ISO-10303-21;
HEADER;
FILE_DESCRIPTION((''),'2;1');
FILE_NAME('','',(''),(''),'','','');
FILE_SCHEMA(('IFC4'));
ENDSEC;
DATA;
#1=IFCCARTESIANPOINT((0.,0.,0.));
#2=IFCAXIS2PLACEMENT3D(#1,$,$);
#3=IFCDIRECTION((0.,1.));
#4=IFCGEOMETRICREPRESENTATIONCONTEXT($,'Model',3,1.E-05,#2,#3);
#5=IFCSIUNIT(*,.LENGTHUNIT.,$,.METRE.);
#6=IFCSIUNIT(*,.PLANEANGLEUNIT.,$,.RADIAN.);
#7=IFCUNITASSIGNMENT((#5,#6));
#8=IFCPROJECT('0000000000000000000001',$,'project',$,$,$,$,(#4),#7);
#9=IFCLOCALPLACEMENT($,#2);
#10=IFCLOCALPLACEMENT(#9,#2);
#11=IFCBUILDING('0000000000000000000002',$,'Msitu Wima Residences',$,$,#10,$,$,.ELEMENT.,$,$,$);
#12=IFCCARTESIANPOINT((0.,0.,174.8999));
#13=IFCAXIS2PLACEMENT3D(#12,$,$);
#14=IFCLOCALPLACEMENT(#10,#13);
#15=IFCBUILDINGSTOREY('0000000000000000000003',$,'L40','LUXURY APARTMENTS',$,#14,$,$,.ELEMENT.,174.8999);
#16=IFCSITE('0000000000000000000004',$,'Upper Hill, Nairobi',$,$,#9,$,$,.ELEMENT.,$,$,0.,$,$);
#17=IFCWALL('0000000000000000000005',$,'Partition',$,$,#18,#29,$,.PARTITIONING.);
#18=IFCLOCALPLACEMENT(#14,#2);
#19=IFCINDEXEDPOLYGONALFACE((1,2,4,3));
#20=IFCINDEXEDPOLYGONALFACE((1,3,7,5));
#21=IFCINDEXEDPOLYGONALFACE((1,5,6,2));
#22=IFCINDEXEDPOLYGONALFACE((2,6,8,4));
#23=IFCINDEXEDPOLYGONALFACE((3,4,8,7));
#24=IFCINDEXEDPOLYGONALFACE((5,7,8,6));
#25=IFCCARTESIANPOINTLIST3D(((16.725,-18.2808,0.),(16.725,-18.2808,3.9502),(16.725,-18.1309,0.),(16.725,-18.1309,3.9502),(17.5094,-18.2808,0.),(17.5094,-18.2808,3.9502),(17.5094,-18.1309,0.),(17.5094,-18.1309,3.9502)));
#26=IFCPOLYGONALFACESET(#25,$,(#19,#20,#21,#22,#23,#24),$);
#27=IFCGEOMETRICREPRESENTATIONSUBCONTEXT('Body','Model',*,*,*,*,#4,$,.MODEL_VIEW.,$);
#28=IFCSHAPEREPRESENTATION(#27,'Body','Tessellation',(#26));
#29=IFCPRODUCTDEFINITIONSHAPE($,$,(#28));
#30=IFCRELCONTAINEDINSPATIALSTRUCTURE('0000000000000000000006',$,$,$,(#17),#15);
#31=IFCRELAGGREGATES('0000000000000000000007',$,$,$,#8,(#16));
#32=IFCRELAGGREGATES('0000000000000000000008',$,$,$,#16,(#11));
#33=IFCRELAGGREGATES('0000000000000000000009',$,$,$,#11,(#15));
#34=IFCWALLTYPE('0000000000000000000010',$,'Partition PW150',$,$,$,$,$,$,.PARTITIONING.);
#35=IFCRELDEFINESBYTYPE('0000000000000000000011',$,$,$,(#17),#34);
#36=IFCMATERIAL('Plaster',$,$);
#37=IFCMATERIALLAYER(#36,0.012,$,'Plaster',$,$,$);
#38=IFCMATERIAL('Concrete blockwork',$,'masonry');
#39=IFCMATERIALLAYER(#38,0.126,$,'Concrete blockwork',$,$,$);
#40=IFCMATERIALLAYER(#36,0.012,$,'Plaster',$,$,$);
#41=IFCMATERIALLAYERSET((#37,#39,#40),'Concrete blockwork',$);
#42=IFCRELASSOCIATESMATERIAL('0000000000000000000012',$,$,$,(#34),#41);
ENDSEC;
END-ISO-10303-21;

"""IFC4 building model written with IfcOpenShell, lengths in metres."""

from ifc_helpers import new_model, si_unit, direction, frame, frame_2d, origin, place, context, subcontext, project, spatial, rectangle, extrude, material, layer, layer_set, type_object, element, save


model = new_model("IFC4")

# Units and contexts
model_context = context("Model", 3, precision=1e-05, world=origin(), true_north=direction((0.0, 1.0)))
body_context = subcontext(model_context, "Body", "Model", "MODEL_VIEW")
ifc_project = project(units=[si_unit("LENGTHUNIT", "METRE"), si_unit("PLANEANGLEUNIT", "RADIAN")], contexts=[model_context])

# Site, building, storey
site_placement = place(None, origin())
site = spatial("IfcSite", under=ifc_project, at=site_placement, Name="Upper Hill, Nairobi", CompositionType="ELEMENT", RefElevation=0.0)
building_placement = place(site_placement, origin())
building = spatial("IfcBuilding", under=site, at=building_placement, Name="Msitu Wima Residences", CompositionType="ELEMENT")
storey_placement = place(building_placement, frame((0.0, 0.0, 174.8999)))
storey = spatial("IfcBuildingStorey", under=building, at=storey_placement, Name="L40", Description="LUXURY APARTMENTS", CompositionType="ELEMENT", Elevation=174.8999)

# Shared definitions
ifc_material_1 = material(Name="Plaster")
ifc_material_2 = material(Name="Concrete blockwork", Category="masonry")

# Shared definitions
ifc_layer_1 = layer(ifc_material_1, 0.012, Name="Plaster")
ifc_layer_2 = layer(ifc_material_2, 0.126, Name="Concrete blockwork")
ifc_layer_3 = layer(ifc_material_1, 0.012, Name="Plaster")
ifc_layer_set_1 = layer_set([ifc_layer_1, ifc_layer_2, ifc_layer_3], Name="Concrete blockwork")
wall_type_1 = type_object("IfcWallType", Name="Partition PW150", PredefinedType="PARTITIONING", material=ifc_layer_set_1)

# Wall
wall_1_placement = place(storey_placement, frame((16.7251, -18.2058, 0.0), z_axis=(0.0, 0.0, 1.0), x_axis=(1.0, 0.0, 0.0)))
element("IfcWall", 1, at=wall_1_placement, inside=storey, type_object=wall_type_1, Name="Partition", PredefinedType="PARTITIONING", context=body_context, shape_type="SweptSolid", body=[
    extrude(rectangle(XDim=0.7844, YDim=0.1499, at=frame_2d((0.3921, 0.0))), origin(), (0.0, 0.0, 1.0), 3.9502),
])

save(model, "model.ifc")
